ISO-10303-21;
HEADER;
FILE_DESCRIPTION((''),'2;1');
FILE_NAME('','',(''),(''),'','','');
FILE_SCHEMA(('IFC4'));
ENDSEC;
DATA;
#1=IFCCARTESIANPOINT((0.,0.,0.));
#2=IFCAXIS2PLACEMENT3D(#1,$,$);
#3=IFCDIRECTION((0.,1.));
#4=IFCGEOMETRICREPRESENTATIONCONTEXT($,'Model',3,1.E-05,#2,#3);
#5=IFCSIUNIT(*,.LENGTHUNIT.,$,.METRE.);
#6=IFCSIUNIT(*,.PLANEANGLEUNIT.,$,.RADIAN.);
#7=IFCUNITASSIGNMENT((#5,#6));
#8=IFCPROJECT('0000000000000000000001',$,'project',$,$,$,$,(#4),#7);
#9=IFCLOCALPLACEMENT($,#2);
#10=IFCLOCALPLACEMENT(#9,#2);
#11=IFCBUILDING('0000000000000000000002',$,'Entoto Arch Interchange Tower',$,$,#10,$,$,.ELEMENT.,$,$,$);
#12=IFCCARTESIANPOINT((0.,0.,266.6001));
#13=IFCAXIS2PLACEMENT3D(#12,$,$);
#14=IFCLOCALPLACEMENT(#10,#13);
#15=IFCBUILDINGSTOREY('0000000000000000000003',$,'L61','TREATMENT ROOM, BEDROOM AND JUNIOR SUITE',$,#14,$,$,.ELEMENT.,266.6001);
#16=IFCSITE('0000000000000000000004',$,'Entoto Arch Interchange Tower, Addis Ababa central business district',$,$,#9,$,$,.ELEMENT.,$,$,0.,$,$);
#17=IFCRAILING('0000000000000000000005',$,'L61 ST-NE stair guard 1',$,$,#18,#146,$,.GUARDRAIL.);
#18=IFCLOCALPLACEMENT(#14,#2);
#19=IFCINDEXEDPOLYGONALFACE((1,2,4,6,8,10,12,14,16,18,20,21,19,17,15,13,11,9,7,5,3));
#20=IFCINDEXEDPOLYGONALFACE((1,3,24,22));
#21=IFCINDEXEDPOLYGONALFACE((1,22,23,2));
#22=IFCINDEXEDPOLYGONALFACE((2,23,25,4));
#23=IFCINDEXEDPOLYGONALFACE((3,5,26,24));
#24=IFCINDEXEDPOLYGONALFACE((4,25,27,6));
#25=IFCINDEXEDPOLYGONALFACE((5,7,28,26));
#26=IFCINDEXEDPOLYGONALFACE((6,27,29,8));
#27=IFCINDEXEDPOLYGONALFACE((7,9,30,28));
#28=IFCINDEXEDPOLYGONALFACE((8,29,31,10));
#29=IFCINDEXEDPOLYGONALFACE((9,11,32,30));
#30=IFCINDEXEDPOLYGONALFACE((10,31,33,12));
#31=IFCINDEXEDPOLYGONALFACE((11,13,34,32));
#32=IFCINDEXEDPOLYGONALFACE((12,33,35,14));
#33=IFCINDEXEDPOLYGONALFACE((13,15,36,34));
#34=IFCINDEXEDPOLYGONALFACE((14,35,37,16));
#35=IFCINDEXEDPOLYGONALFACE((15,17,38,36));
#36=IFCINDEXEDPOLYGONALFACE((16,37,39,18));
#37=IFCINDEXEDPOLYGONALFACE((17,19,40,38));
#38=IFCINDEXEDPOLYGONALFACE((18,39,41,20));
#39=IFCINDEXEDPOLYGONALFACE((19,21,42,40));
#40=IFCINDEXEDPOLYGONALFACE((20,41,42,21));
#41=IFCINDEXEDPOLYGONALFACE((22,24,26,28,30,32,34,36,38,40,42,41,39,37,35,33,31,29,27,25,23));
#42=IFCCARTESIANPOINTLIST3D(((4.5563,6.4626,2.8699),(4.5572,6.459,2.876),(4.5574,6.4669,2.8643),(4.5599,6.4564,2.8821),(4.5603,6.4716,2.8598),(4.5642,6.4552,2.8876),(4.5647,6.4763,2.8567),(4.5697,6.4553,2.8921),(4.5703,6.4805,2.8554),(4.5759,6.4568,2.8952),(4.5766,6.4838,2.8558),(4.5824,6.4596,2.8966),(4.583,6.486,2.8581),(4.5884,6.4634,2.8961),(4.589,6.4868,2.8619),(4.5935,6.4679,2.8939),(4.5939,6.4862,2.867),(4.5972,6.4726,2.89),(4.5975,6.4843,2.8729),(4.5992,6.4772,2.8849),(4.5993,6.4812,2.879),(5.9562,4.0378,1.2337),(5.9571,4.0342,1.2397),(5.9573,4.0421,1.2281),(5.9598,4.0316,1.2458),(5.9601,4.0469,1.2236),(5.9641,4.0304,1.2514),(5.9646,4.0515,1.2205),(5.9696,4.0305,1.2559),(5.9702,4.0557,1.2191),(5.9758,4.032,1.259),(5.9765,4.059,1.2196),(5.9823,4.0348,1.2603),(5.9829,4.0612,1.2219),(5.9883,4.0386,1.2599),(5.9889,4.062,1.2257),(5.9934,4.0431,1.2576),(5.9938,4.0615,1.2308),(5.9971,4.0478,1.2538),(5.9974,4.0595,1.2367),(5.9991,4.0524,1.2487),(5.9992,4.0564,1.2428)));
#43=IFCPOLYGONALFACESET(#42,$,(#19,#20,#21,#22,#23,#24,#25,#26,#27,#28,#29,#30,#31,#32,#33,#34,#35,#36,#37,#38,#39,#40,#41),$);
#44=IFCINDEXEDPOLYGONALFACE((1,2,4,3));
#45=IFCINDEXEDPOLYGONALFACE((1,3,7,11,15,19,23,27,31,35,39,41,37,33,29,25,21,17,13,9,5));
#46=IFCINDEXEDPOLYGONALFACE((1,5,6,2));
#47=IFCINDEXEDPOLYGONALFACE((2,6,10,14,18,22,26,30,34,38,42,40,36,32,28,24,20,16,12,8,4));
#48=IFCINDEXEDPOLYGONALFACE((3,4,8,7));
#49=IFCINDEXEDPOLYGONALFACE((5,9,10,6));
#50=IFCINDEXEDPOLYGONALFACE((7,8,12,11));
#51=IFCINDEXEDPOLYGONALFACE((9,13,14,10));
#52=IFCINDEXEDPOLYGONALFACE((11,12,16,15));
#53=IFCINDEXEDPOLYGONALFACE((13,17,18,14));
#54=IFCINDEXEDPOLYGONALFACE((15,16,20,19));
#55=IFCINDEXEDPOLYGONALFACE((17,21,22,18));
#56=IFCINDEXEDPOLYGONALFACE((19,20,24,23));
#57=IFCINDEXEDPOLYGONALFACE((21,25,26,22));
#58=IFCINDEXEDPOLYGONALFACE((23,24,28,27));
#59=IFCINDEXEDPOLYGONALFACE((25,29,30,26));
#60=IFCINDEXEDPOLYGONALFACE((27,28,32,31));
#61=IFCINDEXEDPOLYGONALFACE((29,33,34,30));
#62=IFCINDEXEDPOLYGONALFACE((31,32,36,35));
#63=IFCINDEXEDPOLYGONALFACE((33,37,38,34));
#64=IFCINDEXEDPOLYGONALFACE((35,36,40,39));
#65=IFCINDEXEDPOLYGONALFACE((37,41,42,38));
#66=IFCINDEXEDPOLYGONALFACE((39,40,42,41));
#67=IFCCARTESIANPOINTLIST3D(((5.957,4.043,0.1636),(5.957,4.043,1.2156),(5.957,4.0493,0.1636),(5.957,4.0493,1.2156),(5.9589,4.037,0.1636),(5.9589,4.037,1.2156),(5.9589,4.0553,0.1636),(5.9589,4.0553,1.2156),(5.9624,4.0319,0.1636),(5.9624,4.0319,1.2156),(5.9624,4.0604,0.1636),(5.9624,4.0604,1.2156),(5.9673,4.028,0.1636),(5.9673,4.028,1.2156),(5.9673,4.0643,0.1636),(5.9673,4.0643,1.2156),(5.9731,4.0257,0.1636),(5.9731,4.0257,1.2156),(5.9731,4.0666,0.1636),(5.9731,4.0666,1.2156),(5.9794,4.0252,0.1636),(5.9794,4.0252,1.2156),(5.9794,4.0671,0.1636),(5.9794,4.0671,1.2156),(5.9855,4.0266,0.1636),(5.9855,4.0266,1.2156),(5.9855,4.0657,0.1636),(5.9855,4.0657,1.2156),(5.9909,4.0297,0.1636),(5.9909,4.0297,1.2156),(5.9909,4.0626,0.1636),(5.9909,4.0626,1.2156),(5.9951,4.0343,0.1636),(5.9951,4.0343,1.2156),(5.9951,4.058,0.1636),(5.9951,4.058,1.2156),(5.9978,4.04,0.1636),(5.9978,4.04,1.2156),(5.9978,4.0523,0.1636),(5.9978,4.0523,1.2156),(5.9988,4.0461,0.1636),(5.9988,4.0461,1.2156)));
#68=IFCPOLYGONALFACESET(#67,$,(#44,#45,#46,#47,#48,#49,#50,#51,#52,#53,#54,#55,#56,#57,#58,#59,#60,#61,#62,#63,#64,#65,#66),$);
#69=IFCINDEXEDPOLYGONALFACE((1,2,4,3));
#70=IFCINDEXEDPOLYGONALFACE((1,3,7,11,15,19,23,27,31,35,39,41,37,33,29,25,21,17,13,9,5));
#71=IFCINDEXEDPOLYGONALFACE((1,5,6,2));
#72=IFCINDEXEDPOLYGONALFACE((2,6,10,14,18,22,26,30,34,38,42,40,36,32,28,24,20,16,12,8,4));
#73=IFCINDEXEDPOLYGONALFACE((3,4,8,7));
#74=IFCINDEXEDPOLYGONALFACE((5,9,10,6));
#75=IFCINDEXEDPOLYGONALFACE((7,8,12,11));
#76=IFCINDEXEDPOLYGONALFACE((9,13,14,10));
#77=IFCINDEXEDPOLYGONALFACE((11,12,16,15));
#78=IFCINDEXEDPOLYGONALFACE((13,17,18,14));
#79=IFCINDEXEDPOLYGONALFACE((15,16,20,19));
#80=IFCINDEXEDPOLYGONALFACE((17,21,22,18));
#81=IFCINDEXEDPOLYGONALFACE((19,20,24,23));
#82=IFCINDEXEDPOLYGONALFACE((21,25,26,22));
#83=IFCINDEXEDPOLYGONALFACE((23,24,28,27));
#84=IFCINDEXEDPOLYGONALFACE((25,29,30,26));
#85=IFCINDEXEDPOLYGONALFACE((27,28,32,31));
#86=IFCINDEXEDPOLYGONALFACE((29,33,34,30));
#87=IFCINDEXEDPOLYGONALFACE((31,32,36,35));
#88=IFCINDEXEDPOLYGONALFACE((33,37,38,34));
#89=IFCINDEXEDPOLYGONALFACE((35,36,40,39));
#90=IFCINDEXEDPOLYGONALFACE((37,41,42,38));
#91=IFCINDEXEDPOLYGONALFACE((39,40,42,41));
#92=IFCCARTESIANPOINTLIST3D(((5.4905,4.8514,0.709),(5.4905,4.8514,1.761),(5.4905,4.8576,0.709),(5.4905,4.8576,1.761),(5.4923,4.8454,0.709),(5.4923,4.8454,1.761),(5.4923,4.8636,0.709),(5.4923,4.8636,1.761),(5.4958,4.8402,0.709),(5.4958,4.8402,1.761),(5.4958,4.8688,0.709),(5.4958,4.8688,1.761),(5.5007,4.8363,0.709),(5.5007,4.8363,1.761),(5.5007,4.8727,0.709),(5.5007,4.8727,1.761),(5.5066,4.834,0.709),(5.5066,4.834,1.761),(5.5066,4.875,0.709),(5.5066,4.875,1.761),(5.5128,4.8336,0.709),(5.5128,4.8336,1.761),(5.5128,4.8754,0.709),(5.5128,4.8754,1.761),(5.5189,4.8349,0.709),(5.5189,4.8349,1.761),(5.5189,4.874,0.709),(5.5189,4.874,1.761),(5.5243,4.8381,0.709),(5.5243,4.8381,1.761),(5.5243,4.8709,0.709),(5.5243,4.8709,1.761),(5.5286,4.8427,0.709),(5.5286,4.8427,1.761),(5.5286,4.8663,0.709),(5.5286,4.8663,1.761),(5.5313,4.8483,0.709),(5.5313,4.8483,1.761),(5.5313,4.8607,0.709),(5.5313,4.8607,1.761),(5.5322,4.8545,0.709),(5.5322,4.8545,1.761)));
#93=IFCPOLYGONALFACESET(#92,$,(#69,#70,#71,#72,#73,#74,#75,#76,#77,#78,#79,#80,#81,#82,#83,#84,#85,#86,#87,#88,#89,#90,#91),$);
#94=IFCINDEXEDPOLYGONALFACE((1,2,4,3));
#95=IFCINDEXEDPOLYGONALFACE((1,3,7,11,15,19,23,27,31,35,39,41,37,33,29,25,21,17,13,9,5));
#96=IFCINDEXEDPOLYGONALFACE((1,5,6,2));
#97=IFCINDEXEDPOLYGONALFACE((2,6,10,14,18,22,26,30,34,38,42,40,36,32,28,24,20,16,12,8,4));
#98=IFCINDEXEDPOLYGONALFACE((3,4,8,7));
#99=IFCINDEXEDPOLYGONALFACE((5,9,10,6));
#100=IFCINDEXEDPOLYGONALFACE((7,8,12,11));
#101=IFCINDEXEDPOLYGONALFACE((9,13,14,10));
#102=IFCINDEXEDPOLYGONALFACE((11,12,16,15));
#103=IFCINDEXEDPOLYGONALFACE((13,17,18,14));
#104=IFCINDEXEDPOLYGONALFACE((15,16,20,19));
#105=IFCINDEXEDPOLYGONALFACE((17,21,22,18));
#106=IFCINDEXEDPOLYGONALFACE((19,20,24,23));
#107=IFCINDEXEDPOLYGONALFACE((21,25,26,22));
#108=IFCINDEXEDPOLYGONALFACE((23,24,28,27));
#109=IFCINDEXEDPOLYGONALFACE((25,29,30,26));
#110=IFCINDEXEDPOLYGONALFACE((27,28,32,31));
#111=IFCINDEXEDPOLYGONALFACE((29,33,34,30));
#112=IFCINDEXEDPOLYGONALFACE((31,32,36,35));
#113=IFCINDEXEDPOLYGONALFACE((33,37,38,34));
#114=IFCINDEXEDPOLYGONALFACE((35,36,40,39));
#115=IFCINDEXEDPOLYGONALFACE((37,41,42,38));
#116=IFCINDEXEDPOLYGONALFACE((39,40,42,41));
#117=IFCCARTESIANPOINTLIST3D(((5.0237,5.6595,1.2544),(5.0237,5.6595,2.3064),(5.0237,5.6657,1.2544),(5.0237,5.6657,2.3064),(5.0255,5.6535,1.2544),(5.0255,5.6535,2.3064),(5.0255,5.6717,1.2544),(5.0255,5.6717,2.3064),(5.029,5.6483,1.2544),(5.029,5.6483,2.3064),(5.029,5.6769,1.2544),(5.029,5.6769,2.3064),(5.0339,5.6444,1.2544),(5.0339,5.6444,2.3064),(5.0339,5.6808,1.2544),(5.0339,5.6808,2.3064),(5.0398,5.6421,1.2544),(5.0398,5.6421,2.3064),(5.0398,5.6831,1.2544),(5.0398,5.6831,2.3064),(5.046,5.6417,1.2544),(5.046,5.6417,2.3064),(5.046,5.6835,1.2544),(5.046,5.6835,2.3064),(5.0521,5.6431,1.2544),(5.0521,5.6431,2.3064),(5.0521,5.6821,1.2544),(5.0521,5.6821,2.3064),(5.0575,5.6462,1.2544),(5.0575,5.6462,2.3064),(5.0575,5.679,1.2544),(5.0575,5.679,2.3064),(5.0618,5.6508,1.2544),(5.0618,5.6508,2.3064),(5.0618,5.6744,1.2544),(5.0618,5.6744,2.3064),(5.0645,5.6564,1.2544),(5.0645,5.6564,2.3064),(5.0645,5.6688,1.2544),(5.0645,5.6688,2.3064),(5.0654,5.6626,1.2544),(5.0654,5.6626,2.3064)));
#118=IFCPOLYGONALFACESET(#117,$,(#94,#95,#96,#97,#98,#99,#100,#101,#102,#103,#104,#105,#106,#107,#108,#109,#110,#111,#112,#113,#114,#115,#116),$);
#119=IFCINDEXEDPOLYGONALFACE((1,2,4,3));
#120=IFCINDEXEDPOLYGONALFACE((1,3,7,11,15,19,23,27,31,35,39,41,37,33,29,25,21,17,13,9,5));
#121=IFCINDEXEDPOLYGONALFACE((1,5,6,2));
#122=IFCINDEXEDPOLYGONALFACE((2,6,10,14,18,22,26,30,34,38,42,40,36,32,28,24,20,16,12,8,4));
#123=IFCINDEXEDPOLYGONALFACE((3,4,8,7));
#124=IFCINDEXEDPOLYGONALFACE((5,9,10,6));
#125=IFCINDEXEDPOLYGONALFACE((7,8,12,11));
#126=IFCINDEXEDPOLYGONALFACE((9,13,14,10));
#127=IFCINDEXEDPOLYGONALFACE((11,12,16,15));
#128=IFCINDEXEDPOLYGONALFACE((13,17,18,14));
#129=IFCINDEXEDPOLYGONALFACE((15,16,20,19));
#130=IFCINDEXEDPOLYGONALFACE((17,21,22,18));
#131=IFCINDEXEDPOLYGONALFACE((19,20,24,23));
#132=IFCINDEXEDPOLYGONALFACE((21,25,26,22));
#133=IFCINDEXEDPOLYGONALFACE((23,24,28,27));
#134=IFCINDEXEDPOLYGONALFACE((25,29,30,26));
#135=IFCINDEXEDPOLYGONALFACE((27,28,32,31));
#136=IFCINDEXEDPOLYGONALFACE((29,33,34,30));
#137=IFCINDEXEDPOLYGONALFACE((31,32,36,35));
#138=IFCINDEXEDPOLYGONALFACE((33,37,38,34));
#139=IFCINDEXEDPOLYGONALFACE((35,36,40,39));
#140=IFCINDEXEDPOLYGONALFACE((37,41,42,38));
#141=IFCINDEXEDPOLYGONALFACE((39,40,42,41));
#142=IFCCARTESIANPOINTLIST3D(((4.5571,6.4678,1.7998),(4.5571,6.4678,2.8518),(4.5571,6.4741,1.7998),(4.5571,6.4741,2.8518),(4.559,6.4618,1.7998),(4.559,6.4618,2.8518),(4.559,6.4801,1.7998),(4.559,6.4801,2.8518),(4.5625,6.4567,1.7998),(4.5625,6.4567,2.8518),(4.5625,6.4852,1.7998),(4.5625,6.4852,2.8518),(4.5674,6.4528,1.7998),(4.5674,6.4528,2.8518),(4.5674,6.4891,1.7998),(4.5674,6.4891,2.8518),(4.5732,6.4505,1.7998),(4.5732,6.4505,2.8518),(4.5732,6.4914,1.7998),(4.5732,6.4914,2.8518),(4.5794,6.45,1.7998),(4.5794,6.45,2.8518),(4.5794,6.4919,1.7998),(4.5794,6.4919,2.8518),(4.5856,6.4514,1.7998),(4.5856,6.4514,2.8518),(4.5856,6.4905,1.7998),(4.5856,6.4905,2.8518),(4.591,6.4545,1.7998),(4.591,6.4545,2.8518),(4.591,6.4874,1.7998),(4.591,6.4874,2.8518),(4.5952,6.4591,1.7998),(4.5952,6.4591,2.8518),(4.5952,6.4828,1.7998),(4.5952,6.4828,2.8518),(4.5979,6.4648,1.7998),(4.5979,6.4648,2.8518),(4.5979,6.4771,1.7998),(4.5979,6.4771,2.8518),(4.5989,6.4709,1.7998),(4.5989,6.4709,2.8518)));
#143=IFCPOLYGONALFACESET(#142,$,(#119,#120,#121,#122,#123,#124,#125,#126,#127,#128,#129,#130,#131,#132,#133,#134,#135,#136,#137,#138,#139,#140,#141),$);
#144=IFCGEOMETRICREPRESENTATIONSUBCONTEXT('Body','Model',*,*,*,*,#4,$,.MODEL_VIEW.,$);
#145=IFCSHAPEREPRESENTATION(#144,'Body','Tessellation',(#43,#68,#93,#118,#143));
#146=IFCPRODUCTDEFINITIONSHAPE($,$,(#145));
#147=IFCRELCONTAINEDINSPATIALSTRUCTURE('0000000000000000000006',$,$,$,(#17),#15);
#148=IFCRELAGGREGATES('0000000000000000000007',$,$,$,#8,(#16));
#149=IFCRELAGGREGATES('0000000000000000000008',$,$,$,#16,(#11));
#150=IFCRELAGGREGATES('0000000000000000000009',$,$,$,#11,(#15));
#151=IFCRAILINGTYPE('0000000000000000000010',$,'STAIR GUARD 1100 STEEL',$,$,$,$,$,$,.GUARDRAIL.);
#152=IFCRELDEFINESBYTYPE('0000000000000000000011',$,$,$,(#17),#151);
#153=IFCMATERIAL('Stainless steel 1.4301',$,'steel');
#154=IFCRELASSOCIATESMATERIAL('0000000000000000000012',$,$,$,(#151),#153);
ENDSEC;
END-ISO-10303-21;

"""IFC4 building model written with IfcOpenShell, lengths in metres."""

from ifc_helpers import new_model, si_unit, direction, frame, origin, origin_2d, place, context, subcontext, project, spatial, circle, extrude, material, type_object, element, save


model = new_model("IFC4")

# Units and contexts
model_context = context("Model", 3, precision=1e-05, world=origin(), true_north=direction((0.0, 1.0)))
body_context = subcontext(model_context, "Body", "Model", "MODEL_VIEW")
ifc_project = project(units=[si_unit("LENGTHUNIT", "METRE"), si_unit("PLANEANGLEUNIT", "RADIAN")], contexts=[model_context])

# Site, building, storey
site_placement = place(None, origin())
site = spatial("IfcSite", under=ifc_project, at=site_placement, Name="Entoto Arch Interchange Tower, Addis Ababa central business district", CompositionType="ELEMENT", RefElevation=0.0)
building_placement = place(site_placement, origin())
building = spatial("IfcBuilding", under=site, at=building_placement, Name="Entoto Arch Interchange Tower", CompositionType="ELEMENT")
storey_placement = place(building_placement, frame((0.0, 0.0, 266.6001)))
storey = spatial("IfcBuildingStorey", under=building, at=storey_placement, Name="L61", Description="TREATMENT ROOM, BEDROOM AND JUNIOR SUITE", CompositionType="ELEMENT", Elevation=266.6001)

# Railing
ifc_material_1 = material(Name="Stainless steel 1.4301", Category="steel")
railing_type_1 = type_object("IfcRailingType", Name="STAIR GUARD 1100 STEEL", PredefinedType="GUARDRAIL", material=ifc_material_1)
railing_1_placement = place(storey_placement, frame((5.9778, 4.0461, 0.1636)))
element("IfcRailing", 1, at=railing_1_placement, inside=storey, type_object=railing_type_1, Name="L61 ST-NE stair guard 1", PredefinedType="GUARDRAIL", context=body_context, shape_type="SweptSolid", body=[
    extrude(circle(Radius=0.0239, at=origin_2d()), frame((0.0, 0.0, 1.0762), z_axis=(-0.431677, 0.747718, 0.504552), x_axis=(-0.866035, -0.499984, 0.0)), (0.0, 0.0, 1.0), 3.2429),
    extrude(circle(Radius=0.021, at=origin_2d()), origin(), (0.0, 0.0, 1.0), 1.052),
    extrude(circle(Radius=0.021, at=origin_2d()), frame((-0.4666, 0.8083, 0.5454)), (0.0, 0.0, 1.0), 1.052),
    extrude(circle(Radius=0.021, at=origin_2d()), frame((-0.9333, 1.6165, 1.0908)), (0.0, 0.0, 1.0), 1.052),
    extrude(circle(Radius=0.021, at=origin_2d()), frame((-1.3999, 2.4248, 1.6362)), (0.0, 0.0, 1.0), 1.052),
])

save(model, "model.ifc")
